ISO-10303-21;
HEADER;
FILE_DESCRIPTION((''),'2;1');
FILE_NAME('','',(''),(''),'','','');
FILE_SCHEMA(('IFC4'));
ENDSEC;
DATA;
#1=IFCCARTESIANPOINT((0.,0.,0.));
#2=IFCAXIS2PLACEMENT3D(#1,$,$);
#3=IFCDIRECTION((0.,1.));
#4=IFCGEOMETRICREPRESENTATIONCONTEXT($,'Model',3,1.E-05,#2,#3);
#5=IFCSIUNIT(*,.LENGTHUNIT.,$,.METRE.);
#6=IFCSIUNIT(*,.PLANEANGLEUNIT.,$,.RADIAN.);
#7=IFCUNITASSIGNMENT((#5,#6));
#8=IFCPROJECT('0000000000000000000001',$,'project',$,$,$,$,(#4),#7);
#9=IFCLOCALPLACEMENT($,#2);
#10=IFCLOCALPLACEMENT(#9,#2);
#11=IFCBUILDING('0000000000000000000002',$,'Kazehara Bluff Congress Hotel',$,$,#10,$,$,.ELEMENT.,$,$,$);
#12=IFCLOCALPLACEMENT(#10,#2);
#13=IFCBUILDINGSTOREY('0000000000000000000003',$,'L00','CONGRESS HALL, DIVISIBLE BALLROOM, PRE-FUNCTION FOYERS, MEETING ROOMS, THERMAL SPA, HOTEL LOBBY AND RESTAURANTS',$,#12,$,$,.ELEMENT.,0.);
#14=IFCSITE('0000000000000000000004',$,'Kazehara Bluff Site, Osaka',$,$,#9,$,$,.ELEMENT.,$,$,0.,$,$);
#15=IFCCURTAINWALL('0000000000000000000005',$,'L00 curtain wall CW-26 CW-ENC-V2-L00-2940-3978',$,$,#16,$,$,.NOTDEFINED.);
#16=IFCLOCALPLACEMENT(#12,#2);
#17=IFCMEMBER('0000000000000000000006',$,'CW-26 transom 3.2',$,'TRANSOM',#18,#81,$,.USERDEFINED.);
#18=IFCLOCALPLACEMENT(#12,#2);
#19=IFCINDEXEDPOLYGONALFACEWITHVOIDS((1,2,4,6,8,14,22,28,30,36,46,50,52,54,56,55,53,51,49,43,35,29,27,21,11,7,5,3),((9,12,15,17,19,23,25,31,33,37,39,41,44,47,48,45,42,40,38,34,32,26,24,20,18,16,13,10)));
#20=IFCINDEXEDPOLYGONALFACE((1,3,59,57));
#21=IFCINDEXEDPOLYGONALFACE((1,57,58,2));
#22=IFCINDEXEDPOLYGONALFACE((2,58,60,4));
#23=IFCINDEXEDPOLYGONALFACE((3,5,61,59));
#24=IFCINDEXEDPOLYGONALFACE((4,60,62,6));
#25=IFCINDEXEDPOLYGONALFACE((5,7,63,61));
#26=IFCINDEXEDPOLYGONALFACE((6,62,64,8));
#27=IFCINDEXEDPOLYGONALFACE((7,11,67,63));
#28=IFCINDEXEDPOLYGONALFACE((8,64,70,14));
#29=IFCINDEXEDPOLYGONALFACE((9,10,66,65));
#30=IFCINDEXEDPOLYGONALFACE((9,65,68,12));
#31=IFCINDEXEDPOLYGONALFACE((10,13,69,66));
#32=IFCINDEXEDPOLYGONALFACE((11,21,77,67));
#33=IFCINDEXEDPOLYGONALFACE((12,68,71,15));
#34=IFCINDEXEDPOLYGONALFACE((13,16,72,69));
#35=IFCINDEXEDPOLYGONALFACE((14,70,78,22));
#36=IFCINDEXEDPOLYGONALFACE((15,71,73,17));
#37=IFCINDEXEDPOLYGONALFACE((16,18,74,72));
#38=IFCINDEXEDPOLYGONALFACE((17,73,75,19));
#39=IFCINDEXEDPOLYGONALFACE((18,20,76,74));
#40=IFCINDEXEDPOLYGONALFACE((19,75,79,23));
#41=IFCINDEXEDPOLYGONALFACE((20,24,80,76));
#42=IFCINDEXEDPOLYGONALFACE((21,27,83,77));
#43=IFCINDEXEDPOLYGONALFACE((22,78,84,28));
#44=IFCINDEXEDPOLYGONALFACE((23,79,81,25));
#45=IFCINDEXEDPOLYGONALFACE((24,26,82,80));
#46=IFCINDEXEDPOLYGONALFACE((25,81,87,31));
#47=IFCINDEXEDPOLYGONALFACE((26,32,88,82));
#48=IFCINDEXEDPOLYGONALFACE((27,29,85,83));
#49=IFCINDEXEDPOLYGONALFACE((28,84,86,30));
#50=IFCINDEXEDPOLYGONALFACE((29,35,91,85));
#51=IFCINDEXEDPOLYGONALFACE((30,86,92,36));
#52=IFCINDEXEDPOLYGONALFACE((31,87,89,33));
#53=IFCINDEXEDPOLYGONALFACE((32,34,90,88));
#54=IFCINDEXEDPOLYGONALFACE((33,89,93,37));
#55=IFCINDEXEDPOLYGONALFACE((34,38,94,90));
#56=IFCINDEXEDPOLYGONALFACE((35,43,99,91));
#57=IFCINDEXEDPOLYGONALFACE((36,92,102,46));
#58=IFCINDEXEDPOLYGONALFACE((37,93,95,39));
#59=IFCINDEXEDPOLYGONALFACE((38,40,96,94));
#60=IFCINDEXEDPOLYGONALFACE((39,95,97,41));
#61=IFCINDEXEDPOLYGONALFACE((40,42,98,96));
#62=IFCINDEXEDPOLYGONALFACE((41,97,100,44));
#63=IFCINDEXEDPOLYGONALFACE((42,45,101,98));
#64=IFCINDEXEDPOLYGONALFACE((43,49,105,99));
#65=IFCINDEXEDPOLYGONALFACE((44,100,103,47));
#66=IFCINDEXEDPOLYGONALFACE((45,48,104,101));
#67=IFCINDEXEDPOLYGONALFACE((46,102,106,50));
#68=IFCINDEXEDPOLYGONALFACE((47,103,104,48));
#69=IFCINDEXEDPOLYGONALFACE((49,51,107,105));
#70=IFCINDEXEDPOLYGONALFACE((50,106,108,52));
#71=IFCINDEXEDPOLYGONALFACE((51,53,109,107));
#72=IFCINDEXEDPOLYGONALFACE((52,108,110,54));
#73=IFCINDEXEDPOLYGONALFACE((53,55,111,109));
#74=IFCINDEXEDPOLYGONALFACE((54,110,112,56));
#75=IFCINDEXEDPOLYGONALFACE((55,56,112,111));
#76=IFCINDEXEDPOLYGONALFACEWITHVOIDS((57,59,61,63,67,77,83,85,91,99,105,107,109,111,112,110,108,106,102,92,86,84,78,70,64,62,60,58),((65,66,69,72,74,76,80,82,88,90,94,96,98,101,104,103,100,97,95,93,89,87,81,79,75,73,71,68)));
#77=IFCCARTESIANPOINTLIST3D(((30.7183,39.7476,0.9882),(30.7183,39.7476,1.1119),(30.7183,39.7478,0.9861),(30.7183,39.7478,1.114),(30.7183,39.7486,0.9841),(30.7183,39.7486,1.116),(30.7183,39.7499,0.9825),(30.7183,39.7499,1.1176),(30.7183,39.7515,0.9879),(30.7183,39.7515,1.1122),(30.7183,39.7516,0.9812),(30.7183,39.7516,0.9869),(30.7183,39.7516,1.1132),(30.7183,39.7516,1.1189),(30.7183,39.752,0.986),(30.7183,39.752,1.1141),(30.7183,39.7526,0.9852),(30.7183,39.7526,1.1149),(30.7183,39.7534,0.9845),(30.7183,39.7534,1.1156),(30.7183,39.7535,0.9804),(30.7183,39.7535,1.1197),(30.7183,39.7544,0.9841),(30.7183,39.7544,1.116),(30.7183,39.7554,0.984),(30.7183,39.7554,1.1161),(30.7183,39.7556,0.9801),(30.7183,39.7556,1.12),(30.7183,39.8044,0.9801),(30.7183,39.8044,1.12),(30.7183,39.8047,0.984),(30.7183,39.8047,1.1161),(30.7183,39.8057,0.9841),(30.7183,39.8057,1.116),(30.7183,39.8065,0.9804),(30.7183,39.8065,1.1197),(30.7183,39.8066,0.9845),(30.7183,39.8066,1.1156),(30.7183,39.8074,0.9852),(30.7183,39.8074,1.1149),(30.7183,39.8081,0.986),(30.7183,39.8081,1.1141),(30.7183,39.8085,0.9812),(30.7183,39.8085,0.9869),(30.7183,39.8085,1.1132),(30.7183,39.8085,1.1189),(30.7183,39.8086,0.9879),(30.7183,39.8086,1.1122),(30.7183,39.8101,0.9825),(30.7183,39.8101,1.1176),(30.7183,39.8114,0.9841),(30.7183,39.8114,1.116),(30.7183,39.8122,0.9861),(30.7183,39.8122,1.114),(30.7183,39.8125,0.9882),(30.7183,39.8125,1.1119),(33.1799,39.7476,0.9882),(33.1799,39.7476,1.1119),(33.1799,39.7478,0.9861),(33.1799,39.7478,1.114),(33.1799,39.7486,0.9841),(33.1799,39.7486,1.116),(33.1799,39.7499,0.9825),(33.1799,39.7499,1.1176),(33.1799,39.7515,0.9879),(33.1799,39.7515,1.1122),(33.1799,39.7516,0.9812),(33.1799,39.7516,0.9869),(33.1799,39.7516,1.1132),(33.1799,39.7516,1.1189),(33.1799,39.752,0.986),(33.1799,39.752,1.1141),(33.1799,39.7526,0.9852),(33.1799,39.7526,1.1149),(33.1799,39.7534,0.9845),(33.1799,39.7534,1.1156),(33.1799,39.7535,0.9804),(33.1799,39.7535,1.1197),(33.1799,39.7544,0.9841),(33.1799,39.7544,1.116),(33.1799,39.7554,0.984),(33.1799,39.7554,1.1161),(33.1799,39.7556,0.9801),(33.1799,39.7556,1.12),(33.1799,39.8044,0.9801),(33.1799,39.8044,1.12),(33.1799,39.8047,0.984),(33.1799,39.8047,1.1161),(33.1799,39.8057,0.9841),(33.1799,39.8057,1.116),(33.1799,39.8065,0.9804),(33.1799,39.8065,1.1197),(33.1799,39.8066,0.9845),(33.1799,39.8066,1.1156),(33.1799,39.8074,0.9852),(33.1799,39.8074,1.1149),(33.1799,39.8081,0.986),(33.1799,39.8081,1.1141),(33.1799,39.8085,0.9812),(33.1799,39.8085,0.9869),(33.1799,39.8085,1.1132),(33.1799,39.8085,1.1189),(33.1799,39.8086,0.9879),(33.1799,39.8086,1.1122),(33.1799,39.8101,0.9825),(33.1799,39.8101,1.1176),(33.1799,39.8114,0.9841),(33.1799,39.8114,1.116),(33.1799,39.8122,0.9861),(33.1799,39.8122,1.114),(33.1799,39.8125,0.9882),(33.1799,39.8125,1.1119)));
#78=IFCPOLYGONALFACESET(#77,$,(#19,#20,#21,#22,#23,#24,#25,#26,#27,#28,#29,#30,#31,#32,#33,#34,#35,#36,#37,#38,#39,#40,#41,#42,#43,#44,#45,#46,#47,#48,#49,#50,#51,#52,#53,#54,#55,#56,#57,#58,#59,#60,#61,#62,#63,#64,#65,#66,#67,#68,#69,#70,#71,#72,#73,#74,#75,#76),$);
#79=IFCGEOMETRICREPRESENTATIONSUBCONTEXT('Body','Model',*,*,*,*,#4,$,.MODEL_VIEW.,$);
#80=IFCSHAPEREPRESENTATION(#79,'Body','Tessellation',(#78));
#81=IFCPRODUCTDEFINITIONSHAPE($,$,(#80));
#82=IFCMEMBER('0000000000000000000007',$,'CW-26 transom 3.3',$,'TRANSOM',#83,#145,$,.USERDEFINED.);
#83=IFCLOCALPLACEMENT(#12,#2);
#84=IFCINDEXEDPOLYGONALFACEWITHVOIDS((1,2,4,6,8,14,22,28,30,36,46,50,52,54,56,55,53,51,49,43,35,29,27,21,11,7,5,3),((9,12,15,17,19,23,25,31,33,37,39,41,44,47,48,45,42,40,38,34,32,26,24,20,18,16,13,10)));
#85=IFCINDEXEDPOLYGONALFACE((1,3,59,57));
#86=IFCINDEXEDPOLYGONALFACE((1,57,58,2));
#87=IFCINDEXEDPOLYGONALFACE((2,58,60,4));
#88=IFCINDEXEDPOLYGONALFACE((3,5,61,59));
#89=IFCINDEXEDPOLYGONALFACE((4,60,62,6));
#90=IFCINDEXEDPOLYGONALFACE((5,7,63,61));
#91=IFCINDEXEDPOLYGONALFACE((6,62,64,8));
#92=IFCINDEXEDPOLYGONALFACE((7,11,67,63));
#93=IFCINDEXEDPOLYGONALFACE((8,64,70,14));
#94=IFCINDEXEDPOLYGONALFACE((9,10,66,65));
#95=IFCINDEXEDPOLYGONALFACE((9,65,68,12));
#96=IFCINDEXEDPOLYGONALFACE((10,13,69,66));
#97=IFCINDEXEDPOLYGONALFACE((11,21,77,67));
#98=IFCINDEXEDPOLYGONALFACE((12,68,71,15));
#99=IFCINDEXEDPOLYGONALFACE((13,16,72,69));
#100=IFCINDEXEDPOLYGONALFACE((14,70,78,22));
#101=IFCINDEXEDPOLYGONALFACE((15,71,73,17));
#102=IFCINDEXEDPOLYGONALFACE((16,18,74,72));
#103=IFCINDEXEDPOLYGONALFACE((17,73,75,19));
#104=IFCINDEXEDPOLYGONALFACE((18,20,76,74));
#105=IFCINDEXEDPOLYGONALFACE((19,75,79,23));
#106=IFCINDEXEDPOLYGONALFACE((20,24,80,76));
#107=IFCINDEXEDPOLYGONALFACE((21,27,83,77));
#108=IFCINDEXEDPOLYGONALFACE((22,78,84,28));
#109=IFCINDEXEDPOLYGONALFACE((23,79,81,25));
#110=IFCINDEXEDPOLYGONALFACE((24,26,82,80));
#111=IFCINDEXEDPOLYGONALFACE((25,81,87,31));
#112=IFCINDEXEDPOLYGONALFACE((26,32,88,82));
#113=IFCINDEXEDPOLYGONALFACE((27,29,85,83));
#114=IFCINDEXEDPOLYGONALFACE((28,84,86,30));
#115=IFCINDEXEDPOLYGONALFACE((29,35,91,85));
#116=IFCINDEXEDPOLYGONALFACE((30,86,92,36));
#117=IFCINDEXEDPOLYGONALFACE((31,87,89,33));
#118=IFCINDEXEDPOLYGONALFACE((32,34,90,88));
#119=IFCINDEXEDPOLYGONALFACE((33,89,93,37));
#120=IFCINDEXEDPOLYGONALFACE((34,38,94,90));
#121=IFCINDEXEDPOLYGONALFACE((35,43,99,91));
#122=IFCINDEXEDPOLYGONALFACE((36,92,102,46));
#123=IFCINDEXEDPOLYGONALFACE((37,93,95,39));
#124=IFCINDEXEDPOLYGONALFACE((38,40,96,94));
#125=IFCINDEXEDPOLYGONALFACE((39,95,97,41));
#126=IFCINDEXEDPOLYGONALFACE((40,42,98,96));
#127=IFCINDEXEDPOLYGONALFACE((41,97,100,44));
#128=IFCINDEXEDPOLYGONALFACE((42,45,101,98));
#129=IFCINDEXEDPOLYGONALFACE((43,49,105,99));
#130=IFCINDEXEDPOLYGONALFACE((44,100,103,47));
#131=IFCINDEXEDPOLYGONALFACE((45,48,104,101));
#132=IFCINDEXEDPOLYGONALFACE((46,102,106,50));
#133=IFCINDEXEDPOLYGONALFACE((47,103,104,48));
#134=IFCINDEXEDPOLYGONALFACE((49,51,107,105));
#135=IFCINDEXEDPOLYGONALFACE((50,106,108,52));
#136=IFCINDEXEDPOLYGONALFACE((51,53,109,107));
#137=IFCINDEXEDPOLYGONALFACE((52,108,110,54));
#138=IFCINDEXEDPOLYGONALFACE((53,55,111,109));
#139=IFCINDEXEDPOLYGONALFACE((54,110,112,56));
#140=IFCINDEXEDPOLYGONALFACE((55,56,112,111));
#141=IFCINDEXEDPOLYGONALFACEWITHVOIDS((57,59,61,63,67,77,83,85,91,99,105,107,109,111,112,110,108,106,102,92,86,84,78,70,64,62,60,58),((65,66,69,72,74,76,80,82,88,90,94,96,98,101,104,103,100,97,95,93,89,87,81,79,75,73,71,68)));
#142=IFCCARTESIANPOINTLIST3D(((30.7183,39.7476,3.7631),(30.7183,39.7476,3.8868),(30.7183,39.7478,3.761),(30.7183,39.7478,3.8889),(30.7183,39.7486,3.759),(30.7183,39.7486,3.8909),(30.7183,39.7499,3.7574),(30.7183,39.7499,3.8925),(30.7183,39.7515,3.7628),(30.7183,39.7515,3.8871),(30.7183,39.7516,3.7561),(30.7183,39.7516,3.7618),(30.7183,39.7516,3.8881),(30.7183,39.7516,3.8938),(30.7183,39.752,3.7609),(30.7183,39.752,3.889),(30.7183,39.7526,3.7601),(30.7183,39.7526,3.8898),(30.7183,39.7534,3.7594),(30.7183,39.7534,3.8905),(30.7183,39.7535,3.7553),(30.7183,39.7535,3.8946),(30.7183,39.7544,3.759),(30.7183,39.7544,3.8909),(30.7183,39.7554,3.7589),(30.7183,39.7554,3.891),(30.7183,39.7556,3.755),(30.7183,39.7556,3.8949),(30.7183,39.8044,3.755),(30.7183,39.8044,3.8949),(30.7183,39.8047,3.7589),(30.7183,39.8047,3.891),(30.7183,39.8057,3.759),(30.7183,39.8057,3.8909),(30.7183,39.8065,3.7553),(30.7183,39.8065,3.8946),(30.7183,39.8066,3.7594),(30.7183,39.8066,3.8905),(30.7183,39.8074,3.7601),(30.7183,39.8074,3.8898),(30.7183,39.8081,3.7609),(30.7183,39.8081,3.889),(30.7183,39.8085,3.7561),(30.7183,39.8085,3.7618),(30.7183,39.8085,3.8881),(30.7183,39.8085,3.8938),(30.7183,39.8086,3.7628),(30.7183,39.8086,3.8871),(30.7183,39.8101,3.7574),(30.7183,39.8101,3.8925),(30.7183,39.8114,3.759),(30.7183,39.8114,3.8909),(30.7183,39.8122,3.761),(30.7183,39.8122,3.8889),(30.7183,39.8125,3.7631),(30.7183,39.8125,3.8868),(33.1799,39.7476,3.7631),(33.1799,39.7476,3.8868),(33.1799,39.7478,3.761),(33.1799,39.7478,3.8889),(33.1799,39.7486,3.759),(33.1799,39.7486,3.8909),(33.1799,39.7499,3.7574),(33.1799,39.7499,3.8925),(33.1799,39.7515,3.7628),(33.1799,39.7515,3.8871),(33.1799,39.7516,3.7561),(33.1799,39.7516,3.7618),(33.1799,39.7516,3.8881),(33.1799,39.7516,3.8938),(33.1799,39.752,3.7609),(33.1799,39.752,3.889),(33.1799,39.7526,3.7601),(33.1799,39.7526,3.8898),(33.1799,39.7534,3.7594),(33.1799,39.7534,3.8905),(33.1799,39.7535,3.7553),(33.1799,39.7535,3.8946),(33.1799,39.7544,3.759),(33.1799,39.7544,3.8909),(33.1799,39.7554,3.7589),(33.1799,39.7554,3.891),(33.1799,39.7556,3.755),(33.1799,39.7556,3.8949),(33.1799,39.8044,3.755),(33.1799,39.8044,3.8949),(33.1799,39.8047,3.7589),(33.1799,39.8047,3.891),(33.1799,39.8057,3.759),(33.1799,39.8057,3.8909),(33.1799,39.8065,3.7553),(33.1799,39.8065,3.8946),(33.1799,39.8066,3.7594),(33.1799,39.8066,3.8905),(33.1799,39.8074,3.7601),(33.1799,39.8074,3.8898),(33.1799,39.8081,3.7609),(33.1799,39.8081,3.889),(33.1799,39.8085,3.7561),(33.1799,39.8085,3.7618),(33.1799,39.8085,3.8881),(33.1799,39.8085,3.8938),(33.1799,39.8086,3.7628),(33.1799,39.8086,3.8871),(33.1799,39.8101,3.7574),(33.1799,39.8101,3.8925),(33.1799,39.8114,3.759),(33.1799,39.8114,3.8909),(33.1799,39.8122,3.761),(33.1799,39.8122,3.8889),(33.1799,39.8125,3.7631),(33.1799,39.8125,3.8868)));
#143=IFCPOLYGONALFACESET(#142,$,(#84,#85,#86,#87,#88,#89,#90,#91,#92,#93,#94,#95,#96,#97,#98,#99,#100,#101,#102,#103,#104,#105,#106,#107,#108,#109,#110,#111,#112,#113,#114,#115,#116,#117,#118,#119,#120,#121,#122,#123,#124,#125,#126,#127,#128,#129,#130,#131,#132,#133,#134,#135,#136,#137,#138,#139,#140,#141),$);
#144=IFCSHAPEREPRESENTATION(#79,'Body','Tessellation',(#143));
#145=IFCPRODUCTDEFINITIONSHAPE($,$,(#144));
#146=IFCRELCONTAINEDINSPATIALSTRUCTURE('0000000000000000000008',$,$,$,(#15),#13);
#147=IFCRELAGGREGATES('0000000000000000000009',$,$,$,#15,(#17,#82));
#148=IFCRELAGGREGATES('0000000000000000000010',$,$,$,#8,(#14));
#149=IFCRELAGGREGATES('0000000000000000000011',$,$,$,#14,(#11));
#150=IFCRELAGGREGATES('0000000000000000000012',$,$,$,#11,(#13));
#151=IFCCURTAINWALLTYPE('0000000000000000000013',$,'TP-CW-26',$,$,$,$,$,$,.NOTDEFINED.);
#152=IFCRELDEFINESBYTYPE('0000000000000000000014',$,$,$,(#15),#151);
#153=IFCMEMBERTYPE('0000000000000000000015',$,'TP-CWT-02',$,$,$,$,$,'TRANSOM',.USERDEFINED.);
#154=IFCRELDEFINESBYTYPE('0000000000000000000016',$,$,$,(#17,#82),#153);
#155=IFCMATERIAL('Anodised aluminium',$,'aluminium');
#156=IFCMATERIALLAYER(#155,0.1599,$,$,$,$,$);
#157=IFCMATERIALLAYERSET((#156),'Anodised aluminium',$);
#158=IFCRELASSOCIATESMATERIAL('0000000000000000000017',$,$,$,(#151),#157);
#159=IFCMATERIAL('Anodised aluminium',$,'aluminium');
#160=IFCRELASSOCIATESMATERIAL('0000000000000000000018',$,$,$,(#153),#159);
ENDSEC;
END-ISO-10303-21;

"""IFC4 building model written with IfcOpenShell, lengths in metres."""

from ifc_helpers import new_model, si_unit, direction, frame, origin, origin_2d, place, context, subcontext, project, spatial, hollow_rectangle, extrude, material, layer, layer_set, material_profile, profile_set, type_object, element, aggregate, save


model = new_model("IFC4")

# Units and contexts
model_context = context("Model", 3, precision=1e-05, world=origin(), true_north=direction((0.0, 1.0)))
body_context = subcontext(model_context, "Body", "Model", "MODEL_VIEW")
ifc_project = project(units=[si_unit("LENGTHUNIT", "METRE"), si_unit("PLANEANGLEUNIT", "RADIAN")], contexts=[model_context])

# Site, building, storey
site_placement = place(None, origin())
site = spatial("IfcSite", under=ifc_project, at=site_placement, Name="Kazehara Bluff Site, Osaka", CompositionType="ELEMENT", RefElevation=0.0)
building_placement = place(site_placement, origin())
building = spatial("IfcBuilding", under=site, at=building_placement, Name="Kazehara Bluff Congress Hotel", CompositionType="ELEMENT")
storey_placement = place(building_placement, origin())
storey = spatial("IfcBuildingStorey", under=building, at=storey_placement, Name="L00", Description="CONGRESS HALL, DIVISIBLE BALLROOM, PRE-FUNCTION FOYERS, MEETING ROOMS, THERMAL SPA, HOTEL LOBBY AND RESTAURANTS", CompositionType="ELEMENT", Elevation=0.0)

# Curtain wall
ifc_material_1 = material(Name="Anodised aluminium", Category="aluminium")
ifc_layer_1 = layer(ifc_material_1, 0.1599)
ifc_layer_set_1 = layer_set([ifc_layer_1], Name="Anodised aluminium")
curtain_wall_type_1 = type_object("IfcCurtainWallType", Name="TP-CW-26", PredefinedType="NOTDEFINED", material=ifc_layer_set_1)
curtain_wall_1_placement = place(storey_placement, origin())
curtain_wall_1 = element("IfcCurtainWall", 1, at=curtain_wall_1_placement, inside=storey, type_object=curtain_wall_type_1, Name="L00 curtain wall CW-26 CW-ENC-V2-L00-2940-3978", PredefinedType="NOTDEFINED")

# Members
ifc_material_2 = material(Name="Anodised aluminium", Category="aluminium")
ifc_material_profile_1 = material_profile(ifc_material_2, hollow_rectangle(XDim=0.0649, YDim=0.1399, WallThickness=0.0039, InnerFilletRadius=0.0039, OuterFilletRadius=0.0081, at=origin_2d()))
ifc_profile_set_1 = profile_set([ifc_material_profile_1], Name="Anodised aluminium")
member_type_1 = type_object("IfcMemberType", Name="TP-CWT-02", ElementType="TRANSOM", PredefinedType="USERDEFINED", material=ifc_profile_set_1)
member_1_placement = place(storey_placement, frame((30.7183, 39.78, 1.05), z_axis=(1.0, 0.0, 0.0), x_axis=(0.0, 1.0, 0.0)))
member_1 = element("IfcMember", 2, at=member_1_placement, type_object=member_type_1, Name="CW-26 transom 3.2", ObjectType="TRANSOM", PredefinedType="USERDEFINED", context=body_context, shape_type="SweptSolid", body=[
    extrude(hollow_rectangle(XDim=0.0649, YDim=0.1399, WallThickness=0.0039, InnerFilletRadius=0.0039, OuterFilletRadius=0.0081, at=origin_2d()), origin(), (0.0, 0.0, 1.0), 2.4617),
])
member_2_placement = place(storey_placement, frame((30.7183, 39.78, 3.825), z_axis=(1.0, 0.0, 0.0), x_axis=(0.0, 1.0, 0.0)))
member_2 = element("IfcMember", 3, at=member_2_placement, type_object=member_type_1, Name="CW-26 transom 3.3", ObjectType="TRANSOM", PredefinedType="USERDEFINED", context=body_context, shape_type="SweptSolid", body=[
    extrude(hollow_rectangle(XDim=0.0649, YDim=0.1399, WallThickness=0.0039, InnerFilletRadius=0.0039, OuterFilletRadius=0.0081, at=origin_2d()), origin(), (0.0, 0.0, 1.0), 2.4617),
])

aggregate(curtain_wall_1, [member_1, member_2])

save(model, "model.ifc")
